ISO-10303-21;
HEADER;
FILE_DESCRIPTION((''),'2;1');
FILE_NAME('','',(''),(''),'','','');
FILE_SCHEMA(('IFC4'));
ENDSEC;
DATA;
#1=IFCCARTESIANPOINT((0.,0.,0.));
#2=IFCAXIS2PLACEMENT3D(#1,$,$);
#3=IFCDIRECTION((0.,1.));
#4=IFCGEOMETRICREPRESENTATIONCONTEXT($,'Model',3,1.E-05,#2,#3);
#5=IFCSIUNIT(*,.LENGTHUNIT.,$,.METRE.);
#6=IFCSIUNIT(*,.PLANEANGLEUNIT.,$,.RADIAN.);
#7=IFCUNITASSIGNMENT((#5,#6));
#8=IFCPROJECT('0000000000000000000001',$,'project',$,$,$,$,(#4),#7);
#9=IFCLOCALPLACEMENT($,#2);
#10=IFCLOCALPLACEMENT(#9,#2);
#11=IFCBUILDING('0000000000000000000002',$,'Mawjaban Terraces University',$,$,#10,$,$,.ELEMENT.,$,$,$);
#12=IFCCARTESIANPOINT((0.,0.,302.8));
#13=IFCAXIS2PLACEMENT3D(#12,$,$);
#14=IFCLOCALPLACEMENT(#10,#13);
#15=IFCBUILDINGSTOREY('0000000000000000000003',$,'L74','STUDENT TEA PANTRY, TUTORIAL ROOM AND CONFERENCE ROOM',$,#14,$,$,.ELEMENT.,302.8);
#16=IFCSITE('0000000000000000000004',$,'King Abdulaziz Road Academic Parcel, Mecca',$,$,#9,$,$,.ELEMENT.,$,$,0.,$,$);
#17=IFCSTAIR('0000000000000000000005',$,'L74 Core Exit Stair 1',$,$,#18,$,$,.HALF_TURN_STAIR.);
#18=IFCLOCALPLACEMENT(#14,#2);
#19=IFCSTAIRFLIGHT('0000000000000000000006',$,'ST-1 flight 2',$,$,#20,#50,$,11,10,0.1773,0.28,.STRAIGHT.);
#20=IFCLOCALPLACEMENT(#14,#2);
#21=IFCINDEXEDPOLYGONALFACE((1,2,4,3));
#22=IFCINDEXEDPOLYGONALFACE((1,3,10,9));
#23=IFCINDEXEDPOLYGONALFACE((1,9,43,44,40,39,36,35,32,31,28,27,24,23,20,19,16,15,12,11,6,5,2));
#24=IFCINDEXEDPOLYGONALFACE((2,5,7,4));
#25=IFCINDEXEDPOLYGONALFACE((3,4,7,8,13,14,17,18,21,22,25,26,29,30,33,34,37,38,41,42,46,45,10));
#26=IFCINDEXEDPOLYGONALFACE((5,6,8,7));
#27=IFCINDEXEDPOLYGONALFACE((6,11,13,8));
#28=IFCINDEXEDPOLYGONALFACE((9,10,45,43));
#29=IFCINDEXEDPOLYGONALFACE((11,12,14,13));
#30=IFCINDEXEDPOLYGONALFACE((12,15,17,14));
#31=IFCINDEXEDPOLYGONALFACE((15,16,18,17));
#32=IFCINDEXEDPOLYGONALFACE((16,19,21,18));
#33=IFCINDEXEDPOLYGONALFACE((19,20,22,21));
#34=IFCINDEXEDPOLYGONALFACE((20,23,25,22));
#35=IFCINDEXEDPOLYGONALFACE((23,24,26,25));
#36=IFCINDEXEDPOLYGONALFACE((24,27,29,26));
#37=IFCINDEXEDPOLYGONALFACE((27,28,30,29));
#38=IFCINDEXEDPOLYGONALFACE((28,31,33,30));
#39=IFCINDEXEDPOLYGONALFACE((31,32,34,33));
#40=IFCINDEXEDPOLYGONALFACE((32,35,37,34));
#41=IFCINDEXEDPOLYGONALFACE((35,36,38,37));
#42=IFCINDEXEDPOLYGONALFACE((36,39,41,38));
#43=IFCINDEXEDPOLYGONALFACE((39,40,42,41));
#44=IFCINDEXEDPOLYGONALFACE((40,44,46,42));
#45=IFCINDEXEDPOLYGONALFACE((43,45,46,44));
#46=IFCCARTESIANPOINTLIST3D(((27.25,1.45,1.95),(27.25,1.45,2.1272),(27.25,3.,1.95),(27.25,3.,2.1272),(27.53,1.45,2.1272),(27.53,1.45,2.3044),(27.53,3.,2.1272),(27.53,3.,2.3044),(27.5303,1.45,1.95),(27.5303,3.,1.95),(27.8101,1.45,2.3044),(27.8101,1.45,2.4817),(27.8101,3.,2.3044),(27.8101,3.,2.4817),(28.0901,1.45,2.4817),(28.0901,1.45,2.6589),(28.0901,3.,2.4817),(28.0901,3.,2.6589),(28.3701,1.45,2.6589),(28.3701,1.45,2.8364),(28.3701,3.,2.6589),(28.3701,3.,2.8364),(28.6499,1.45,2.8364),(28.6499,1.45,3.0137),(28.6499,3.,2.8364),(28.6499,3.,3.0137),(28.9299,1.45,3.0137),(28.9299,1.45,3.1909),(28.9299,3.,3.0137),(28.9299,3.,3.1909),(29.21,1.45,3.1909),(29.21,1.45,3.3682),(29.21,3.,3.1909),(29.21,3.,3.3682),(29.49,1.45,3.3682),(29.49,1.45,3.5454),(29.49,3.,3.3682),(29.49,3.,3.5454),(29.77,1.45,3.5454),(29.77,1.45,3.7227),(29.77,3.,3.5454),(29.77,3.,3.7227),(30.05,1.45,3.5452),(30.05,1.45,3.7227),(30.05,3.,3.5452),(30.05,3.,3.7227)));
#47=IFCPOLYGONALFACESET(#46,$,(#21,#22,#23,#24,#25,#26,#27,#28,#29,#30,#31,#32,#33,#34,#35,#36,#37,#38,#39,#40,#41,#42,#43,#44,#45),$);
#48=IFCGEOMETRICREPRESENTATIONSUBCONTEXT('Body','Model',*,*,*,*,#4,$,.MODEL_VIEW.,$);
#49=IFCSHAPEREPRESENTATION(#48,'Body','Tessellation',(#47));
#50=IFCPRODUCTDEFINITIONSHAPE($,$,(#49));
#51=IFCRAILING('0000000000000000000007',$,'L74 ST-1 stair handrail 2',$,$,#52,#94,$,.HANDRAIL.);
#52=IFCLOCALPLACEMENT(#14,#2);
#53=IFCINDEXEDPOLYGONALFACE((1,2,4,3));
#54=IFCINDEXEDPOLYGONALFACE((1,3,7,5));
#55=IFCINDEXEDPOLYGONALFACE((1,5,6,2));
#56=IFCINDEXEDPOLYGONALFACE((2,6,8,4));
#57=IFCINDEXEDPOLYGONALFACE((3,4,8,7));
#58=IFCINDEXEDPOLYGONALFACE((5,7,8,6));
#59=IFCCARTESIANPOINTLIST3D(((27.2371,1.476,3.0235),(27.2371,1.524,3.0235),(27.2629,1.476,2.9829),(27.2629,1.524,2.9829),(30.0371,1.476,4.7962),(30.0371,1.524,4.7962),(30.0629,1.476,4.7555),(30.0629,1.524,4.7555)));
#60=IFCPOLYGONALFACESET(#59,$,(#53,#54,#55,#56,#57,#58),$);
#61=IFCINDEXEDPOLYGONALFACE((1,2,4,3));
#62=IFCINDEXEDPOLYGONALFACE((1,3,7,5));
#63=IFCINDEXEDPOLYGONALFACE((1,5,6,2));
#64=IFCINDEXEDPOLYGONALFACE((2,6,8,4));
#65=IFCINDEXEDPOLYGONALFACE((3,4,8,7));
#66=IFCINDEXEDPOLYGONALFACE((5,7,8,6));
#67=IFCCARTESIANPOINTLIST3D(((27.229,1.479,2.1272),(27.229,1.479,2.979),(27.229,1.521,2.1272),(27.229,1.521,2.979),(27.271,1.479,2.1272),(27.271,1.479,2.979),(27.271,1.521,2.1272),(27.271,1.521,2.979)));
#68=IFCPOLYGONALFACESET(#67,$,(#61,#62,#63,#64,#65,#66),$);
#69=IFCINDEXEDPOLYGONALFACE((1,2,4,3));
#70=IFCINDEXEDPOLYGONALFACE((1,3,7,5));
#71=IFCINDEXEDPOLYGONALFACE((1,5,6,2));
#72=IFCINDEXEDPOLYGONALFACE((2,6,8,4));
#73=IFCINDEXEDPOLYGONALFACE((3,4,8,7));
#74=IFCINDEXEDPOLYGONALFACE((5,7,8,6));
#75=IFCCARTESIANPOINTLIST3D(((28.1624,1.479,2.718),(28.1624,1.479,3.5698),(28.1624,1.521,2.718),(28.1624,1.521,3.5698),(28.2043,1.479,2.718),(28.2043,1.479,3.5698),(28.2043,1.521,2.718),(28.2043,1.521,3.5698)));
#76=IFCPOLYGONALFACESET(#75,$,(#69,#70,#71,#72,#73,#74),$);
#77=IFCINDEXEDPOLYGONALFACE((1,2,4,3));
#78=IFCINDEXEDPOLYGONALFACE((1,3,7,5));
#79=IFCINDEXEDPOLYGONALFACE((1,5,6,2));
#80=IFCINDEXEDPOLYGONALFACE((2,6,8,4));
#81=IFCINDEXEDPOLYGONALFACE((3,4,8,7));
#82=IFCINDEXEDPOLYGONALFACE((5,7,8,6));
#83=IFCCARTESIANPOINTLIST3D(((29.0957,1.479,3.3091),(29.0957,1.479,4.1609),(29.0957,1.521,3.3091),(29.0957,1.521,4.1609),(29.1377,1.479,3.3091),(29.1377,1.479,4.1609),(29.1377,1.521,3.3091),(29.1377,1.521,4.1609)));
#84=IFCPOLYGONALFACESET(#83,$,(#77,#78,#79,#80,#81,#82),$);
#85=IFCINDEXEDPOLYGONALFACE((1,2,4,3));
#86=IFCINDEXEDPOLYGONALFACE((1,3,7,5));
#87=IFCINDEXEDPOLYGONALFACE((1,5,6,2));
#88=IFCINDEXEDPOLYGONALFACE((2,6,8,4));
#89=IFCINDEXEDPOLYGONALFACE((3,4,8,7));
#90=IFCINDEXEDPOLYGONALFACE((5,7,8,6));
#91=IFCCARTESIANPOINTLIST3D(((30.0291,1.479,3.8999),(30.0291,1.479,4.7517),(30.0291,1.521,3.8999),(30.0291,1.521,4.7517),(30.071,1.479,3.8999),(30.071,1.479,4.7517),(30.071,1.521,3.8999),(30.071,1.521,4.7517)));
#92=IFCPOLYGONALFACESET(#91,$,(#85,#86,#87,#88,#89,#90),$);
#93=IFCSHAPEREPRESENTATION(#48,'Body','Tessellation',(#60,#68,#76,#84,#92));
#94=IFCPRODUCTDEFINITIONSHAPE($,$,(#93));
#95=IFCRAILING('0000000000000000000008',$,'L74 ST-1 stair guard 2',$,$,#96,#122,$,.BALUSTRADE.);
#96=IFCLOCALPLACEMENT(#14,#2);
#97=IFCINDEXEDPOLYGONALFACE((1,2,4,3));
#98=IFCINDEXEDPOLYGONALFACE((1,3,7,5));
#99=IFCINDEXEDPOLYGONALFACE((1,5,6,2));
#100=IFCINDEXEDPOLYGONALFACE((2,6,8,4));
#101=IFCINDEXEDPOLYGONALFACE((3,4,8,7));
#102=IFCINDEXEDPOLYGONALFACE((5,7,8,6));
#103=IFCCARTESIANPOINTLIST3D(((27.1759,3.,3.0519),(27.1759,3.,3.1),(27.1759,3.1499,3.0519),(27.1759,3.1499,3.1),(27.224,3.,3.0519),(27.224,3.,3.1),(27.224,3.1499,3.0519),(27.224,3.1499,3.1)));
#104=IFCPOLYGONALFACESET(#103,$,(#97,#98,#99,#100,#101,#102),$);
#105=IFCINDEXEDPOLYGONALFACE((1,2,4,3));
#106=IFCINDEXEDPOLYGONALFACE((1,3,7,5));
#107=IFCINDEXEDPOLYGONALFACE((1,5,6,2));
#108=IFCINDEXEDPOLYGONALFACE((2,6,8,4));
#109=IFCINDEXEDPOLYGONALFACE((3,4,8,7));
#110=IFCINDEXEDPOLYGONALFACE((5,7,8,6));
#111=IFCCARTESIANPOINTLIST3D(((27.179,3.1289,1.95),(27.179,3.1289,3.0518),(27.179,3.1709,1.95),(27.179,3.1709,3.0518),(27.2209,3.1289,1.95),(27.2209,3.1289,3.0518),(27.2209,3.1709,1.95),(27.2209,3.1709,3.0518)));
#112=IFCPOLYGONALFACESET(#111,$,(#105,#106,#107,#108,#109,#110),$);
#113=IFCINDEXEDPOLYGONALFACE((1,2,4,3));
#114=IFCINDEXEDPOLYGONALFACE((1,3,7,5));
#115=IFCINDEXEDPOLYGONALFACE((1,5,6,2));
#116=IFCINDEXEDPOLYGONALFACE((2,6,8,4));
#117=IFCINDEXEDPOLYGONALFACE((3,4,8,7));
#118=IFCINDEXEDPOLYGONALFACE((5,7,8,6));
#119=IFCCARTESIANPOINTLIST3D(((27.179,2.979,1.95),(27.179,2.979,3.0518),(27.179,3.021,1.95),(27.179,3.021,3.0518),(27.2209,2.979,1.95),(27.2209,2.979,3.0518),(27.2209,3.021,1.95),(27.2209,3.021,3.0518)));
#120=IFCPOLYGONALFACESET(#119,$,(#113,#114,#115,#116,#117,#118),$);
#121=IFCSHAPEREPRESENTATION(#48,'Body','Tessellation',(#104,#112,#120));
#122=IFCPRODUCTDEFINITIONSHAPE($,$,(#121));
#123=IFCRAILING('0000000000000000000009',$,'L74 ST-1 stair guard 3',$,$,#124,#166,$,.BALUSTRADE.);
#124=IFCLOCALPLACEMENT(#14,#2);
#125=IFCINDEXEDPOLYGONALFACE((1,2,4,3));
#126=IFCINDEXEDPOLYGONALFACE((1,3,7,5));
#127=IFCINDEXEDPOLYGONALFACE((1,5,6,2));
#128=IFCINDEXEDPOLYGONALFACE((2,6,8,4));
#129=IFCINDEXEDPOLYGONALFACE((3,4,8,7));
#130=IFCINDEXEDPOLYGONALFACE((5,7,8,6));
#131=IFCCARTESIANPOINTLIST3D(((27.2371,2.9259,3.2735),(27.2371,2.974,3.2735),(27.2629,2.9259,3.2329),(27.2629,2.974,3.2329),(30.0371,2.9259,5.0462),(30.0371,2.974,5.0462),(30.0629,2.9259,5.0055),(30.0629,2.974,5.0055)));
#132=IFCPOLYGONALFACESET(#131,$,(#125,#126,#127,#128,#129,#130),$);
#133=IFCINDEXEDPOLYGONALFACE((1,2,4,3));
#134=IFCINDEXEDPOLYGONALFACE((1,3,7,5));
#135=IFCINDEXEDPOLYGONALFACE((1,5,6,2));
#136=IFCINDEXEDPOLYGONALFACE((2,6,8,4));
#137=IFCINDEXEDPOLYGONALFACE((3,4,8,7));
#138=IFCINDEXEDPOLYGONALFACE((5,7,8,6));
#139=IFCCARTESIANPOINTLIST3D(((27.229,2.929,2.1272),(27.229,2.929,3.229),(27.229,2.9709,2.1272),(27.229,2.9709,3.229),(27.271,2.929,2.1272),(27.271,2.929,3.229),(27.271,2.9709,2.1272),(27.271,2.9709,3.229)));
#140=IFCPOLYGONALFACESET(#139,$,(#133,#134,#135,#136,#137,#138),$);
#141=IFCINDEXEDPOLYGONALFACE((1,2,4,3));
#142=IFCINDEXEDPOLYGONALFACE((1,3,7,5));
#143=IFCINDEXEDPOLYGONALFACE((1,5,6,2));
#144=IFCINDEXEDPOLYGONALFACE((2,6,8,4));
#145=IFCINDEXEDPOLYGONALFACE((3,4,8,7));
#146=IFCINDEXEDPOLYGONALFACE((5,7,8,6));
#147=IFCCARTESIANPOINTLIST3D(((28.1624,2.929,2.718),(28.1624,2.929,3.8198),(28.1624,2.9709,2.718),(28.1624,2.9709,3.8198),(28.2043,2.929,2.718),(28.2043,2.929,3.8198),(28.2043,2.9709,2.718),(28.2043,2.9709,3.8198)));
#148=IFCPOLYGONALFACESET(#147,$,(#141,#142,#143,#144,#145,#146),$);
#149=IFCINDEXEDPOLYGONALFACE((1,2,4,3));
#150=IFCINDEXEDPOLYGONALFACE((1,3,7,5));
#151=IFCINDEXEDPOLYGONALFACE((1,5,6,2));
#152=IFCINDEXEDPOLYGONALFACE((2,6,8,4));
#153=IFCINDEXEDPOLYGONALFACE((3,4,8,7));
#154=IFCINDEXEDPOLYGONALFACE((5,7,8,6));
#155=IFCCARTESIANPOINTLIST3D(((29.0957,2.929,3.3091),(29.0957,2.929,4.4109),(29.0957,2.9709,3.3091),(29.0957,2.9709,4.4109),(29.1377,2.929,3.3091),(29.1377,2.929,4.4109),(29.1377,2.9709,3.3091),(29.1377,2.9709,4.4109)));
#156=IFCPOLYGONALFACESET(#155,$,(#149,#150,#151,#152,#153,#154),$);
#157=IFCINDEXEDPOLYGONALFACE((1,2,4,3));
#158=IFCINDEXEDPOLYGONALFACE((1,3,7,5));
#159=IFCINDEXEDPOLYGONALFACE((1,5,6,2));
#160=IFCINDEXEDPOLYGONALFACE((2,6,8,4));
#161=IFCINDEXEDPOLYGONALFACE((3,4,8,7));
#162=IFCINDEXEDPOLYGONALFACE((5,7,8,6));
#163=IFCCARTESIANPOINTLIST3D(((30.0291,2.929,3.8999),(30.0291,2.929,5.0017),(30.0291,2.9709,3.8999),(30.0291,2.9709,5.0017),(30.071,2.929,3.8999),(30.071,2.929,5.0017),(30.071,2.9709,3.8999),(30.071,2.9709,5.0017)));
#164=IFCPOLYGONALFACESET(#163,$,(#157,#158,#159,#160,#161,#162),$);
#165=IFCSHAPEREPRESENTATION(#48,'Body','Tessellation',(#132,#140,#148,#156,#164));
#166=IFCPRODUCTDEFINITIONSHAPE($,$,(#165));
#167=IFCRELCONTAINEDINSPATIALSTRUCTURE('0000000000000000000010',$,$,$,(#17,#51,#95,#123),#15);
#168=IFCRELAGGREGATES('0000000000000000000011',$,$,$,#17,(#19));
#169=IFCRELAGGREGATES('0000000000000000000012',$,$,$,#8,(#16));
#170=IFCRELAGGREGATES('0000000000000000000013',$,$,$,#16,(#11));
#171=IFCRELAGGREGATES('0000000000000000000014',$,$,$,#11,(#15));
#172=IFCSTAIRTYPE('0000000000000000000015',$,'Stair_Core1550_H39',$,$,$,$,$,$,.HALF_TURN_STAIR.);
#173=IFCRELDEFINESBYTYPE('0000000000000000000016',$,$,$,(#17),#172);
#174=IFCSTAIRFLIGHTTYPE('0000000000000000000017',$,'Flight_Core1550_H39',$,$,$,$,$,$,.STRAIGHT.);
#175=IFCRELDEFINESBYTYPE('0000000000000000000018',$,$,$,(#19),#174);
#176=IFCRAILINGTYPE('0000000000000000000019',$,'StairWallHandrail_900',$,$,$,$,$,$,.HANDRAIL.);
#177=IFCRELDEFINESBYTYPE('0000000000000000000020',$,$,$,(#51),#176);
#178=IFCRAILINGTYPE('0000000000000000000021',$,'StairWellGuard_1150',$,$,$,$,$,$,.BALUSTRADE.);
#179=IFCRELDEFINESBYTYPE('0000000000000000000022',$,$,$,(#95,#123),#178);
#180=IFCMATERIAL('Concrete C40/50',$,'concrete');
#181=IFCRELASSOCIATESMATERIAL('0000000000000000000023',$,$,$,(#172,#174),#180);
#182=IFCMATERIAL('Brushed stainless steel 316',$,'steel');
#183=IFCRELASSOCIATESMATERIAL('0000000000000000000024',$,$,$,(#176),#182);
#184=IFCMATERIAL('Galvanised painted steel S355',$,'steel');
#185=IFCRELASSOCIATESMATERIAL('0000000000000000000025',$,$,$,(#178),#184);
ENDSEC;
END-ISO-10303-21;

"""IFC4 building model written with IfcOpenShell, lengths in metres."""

from ifc_helpers import new_model, si_unit, direction, frame, origin, origin_2d, place, context, subcontext, project, spatial, polyline, rectangle, outline, extrude, material, type_object, element, aggregate, save


model = new_model("IFC4")

# Units and contexts
model_context = context("Model", 3, precision=1e-05, world=origin(), true_north=direction((0.0, 1.0)))
body_context = subcontext(model_context, "Body", "Model", "MODEL_VIEW")
ifc_project = project(units=[si_unit("LENGTHUNIT", "METRE"), si_unit("PLANEANGLEUNIT", "RADIAN")], contexts=[model_context])

# Site, building, storey
site_placement = place(None, origin())
site = spatial("IfcSite", under=ifc_project, at=site_placement, Name="King Abdulaziz Road Academic Parcel, Mecca", CompositionType="ELEMENT", RefElevation=0.0)
building_placement = place(site_placement, origin())
building = spatial("IfcBuilding", under=site, at=building_placement, Name="Mawjaban Terraces University", CompositionType="ELEMENT")
storey_placement = place(building_placement, frame((0.0, 0.0, 302.8)))
storey = spatial("IfcBuildingStorey", under=building, at=storey_placement, Name="L74", Description="STUDENT TEA PANTRY, TUTORIAL ROOM AND CONFERENCE ROOM", CompositionType="ELEMENT", Elevation=302.8)

# Stair, stair flight
ifc_material_1 = material(Name="Concrete C40/50", Category="concrete")
stair_type = type_object("IfcStairType", Name="Stair_Core1550_H39", PredefinedType="HALF_TURN_STAIR", material=ifc_material_1)
stair_placement = place(storey_placement, origin())
stair = element("IfcStair", 1, at=stair_placement, inside=storey, type_object=stair_type, Name="L74 Core Exit Stair 1", PredefinedType="HALF_TURN_STAIR")
stair_flight_type = type_object("IfcStairFlightType", Name="Flight_Core1550_H39", PredefinedType="STRAIGHT", material=ifc_material_1)
stair_flight_placement = place(storey_placement, frame((27.25, 2.2251, 1.95), z_axis=(0.0, 0.0, 1.0), x_axis=(1.0, 0.0, 0.0)))
stair_flight = element("IfcStairFlight", 2, at=stair_flight_placement, type_object=stair_flight_type, Name="ST-1 flight 2", NumberOfRisers=11, NumberOfTreads=10, PredefinedType="STRAIGHT", RiserHeight=0.1773, TreadLength=0.28, context=body_context, shape_type="SweptSolid", body=[
    extrude(outline(polyline([(0.0, 0.0), (0.0, 0.1772), (0.28, 0.1772), (0.28, 0.3545), (0.5601, 0.3545), (0.5601, 0.5317), (0.8401, 0.5317), (0.8401, 0.709), (1.1201, 0.709), (1.1201, 0.8865), (1.3999, 0.8865), (1.3999, 1.0637), (1.6799, 1.0637), (1.6799, 1.241), (1.96, 1.241), (1.96, 1.4182), (2.24, 1.4182), (2.24, 1.5955), (2.52, 1.5955), (2.52, 1.7727), (2.8, 1.7727), (2.8, 1.95), (2.8, 1.5952), (0.2803, 0.0), (0.0, 0.0)])), frame((0.0, 0.7749, 0.0), z_axis=(0.0, -1.0, 0.0), x_axis=(1.0, 0.0, 0.0)), (0.0, 0.0, 1.0), 1.55),
])
aggregate(stair, [stair_flight])

# Railings
ifc_material_2 = material(Name="Brushed stainless steel 316", Category="steel")
railing_type_1 = type_object("IfcRailingType", Name="StairWallHandrail_900", PredefinedType="HANDRAIL", material=ifc_material_2)
railing_1_placement = place(storey_placement, frame((27.25, 1.5, 2.1272)))
element("IfcRailing", 3, at=railing_1_placement, inside=storey, type_object=railing_type_1, Name="L74 ST-1 stair handrail 2", PredefinedType="HANDRAIL", context=body_context, shape_type="SweptSolid", body=[
    extrude(rectangle(XDim=0.0481, YDim=0.0481, at=origin_2d()), frame((0.0, 0.0, 0.876), z_axis=(0.844909, 0.0, 0.53491), x_axis=(0.0, 1.0, 0.0)), (0.0, 0.0, 1.0), 3.314),
    extrude(rectangle(XDim=0.042, YDim=0.042, at=origin_2d()), origin(), (0.0, 0.0, 1.0), 0.8518),
    extrude(rectangle(XDim=0.042, YDim=0.042, at=origin_2d()), frame((0.9333, 0.0, 0.5908)), (0.0, 0.0, 1.0), 0.8518),
    extrude(rectangle(XDim=0.042, YDim=0.042, at=origin_2d()), frame((1.8667, 0.0, 1.1819)), (0.0, 0.0, 1.0), 0.8518),
    extrude(rectangle(XDim=0.042, YDim=0.042, at=origin_2d()), frame((2.8, 0.0, 1.7727)), (0.0, 0.0, 1.0), 0.8518),
])
ifc_material_3 = material(Name="Galvanised painted steel S355", Category="steel")
railing_type_2 = type_object("IfcRailingType", Name="StairWellGuard_1150", PredefinedType="BALUSTRADE", material=ifc_material_3)
railing_2_placement = place(storey_placement, frame((27.2, 3.1499, 1.95)))
element("IfcRailing", 4, at=railing_2_placement, inside=storey, type_object=railing_type_2, Name="L74 ST-1 stair guard 2", PredefinedType="BALUSTRADE", context=body_context, shape_type="SweptSolid", body=[
    extrude(rectangle(XDim=0.0481, YDim=0.0481, at=origin_2d()), frame((0.0, 0.0, 1.126), z_axis=(0.0, -1.0, 0.0), x_axis=(1.0, 0.0, 0.0)), (0.0, 0.0, 1.0), 0.1499),
    extrude(rectangle(XDim=0.042, YDim=0.042, at=origin_2d()), origin(), (0.0, 0.0, 1.0), 1.1018),
    extrude(rectangle(XDim=0.042, YDim=0.042, at=origin_2d()), frame((0.0, -0.1499, 0.0)), (0.0, 0.0, 1.0), 1.1018),
])
railing_3_placement = place(storey_placement, frame((27.25, 2.95, 2.1272)))
element("IfcRailing", 5, at=railing_3_placement, inside=storey, type_object=railing_type_2, Name="L74 ST-1 stair guard 3", PredefinedType="BALUSTRADE", context=body_context, shape_type="SweptSolid", body=[
    extrude(rectangle(XDim=0.0481, YDim=0.0481, at=origin_2d()), frame((0.0, 0.0, 1.126), z_axis=(0.844909, 0.0, 0.53491), x_axis=(0.0, 1.0, 0.0)), (0.0, 0.0, 1.0), 3.314),
    extrude(rectangle(XDim=0.042, YDim=0.042, at=origin_2d()), origin(), (0.0, 0.0, 1.0), 1.1018),
    extrude(rectangle(XDim=0.042, YDim=0.042, at=origin_2d()), frame((0.9333, 0.0, 0.5908)), (0.0, 0.0, 1.0), 1.1018),
    extrude(rectangle(XDim=0.042, YDim=0.042, at=origin_2d()), frame((1.8667, 0.0, 1.1819)), (0.0, 0.0, 1.0), 1.1018),
    extrude(rectangle(XDim=0.042, YDim=0.042, at=origin_2d()), frame((2.8, 0.0, 1.7727)), (0.0, 0.0, 1.0), 1.1018),
])

save(model, "model.ifc")
